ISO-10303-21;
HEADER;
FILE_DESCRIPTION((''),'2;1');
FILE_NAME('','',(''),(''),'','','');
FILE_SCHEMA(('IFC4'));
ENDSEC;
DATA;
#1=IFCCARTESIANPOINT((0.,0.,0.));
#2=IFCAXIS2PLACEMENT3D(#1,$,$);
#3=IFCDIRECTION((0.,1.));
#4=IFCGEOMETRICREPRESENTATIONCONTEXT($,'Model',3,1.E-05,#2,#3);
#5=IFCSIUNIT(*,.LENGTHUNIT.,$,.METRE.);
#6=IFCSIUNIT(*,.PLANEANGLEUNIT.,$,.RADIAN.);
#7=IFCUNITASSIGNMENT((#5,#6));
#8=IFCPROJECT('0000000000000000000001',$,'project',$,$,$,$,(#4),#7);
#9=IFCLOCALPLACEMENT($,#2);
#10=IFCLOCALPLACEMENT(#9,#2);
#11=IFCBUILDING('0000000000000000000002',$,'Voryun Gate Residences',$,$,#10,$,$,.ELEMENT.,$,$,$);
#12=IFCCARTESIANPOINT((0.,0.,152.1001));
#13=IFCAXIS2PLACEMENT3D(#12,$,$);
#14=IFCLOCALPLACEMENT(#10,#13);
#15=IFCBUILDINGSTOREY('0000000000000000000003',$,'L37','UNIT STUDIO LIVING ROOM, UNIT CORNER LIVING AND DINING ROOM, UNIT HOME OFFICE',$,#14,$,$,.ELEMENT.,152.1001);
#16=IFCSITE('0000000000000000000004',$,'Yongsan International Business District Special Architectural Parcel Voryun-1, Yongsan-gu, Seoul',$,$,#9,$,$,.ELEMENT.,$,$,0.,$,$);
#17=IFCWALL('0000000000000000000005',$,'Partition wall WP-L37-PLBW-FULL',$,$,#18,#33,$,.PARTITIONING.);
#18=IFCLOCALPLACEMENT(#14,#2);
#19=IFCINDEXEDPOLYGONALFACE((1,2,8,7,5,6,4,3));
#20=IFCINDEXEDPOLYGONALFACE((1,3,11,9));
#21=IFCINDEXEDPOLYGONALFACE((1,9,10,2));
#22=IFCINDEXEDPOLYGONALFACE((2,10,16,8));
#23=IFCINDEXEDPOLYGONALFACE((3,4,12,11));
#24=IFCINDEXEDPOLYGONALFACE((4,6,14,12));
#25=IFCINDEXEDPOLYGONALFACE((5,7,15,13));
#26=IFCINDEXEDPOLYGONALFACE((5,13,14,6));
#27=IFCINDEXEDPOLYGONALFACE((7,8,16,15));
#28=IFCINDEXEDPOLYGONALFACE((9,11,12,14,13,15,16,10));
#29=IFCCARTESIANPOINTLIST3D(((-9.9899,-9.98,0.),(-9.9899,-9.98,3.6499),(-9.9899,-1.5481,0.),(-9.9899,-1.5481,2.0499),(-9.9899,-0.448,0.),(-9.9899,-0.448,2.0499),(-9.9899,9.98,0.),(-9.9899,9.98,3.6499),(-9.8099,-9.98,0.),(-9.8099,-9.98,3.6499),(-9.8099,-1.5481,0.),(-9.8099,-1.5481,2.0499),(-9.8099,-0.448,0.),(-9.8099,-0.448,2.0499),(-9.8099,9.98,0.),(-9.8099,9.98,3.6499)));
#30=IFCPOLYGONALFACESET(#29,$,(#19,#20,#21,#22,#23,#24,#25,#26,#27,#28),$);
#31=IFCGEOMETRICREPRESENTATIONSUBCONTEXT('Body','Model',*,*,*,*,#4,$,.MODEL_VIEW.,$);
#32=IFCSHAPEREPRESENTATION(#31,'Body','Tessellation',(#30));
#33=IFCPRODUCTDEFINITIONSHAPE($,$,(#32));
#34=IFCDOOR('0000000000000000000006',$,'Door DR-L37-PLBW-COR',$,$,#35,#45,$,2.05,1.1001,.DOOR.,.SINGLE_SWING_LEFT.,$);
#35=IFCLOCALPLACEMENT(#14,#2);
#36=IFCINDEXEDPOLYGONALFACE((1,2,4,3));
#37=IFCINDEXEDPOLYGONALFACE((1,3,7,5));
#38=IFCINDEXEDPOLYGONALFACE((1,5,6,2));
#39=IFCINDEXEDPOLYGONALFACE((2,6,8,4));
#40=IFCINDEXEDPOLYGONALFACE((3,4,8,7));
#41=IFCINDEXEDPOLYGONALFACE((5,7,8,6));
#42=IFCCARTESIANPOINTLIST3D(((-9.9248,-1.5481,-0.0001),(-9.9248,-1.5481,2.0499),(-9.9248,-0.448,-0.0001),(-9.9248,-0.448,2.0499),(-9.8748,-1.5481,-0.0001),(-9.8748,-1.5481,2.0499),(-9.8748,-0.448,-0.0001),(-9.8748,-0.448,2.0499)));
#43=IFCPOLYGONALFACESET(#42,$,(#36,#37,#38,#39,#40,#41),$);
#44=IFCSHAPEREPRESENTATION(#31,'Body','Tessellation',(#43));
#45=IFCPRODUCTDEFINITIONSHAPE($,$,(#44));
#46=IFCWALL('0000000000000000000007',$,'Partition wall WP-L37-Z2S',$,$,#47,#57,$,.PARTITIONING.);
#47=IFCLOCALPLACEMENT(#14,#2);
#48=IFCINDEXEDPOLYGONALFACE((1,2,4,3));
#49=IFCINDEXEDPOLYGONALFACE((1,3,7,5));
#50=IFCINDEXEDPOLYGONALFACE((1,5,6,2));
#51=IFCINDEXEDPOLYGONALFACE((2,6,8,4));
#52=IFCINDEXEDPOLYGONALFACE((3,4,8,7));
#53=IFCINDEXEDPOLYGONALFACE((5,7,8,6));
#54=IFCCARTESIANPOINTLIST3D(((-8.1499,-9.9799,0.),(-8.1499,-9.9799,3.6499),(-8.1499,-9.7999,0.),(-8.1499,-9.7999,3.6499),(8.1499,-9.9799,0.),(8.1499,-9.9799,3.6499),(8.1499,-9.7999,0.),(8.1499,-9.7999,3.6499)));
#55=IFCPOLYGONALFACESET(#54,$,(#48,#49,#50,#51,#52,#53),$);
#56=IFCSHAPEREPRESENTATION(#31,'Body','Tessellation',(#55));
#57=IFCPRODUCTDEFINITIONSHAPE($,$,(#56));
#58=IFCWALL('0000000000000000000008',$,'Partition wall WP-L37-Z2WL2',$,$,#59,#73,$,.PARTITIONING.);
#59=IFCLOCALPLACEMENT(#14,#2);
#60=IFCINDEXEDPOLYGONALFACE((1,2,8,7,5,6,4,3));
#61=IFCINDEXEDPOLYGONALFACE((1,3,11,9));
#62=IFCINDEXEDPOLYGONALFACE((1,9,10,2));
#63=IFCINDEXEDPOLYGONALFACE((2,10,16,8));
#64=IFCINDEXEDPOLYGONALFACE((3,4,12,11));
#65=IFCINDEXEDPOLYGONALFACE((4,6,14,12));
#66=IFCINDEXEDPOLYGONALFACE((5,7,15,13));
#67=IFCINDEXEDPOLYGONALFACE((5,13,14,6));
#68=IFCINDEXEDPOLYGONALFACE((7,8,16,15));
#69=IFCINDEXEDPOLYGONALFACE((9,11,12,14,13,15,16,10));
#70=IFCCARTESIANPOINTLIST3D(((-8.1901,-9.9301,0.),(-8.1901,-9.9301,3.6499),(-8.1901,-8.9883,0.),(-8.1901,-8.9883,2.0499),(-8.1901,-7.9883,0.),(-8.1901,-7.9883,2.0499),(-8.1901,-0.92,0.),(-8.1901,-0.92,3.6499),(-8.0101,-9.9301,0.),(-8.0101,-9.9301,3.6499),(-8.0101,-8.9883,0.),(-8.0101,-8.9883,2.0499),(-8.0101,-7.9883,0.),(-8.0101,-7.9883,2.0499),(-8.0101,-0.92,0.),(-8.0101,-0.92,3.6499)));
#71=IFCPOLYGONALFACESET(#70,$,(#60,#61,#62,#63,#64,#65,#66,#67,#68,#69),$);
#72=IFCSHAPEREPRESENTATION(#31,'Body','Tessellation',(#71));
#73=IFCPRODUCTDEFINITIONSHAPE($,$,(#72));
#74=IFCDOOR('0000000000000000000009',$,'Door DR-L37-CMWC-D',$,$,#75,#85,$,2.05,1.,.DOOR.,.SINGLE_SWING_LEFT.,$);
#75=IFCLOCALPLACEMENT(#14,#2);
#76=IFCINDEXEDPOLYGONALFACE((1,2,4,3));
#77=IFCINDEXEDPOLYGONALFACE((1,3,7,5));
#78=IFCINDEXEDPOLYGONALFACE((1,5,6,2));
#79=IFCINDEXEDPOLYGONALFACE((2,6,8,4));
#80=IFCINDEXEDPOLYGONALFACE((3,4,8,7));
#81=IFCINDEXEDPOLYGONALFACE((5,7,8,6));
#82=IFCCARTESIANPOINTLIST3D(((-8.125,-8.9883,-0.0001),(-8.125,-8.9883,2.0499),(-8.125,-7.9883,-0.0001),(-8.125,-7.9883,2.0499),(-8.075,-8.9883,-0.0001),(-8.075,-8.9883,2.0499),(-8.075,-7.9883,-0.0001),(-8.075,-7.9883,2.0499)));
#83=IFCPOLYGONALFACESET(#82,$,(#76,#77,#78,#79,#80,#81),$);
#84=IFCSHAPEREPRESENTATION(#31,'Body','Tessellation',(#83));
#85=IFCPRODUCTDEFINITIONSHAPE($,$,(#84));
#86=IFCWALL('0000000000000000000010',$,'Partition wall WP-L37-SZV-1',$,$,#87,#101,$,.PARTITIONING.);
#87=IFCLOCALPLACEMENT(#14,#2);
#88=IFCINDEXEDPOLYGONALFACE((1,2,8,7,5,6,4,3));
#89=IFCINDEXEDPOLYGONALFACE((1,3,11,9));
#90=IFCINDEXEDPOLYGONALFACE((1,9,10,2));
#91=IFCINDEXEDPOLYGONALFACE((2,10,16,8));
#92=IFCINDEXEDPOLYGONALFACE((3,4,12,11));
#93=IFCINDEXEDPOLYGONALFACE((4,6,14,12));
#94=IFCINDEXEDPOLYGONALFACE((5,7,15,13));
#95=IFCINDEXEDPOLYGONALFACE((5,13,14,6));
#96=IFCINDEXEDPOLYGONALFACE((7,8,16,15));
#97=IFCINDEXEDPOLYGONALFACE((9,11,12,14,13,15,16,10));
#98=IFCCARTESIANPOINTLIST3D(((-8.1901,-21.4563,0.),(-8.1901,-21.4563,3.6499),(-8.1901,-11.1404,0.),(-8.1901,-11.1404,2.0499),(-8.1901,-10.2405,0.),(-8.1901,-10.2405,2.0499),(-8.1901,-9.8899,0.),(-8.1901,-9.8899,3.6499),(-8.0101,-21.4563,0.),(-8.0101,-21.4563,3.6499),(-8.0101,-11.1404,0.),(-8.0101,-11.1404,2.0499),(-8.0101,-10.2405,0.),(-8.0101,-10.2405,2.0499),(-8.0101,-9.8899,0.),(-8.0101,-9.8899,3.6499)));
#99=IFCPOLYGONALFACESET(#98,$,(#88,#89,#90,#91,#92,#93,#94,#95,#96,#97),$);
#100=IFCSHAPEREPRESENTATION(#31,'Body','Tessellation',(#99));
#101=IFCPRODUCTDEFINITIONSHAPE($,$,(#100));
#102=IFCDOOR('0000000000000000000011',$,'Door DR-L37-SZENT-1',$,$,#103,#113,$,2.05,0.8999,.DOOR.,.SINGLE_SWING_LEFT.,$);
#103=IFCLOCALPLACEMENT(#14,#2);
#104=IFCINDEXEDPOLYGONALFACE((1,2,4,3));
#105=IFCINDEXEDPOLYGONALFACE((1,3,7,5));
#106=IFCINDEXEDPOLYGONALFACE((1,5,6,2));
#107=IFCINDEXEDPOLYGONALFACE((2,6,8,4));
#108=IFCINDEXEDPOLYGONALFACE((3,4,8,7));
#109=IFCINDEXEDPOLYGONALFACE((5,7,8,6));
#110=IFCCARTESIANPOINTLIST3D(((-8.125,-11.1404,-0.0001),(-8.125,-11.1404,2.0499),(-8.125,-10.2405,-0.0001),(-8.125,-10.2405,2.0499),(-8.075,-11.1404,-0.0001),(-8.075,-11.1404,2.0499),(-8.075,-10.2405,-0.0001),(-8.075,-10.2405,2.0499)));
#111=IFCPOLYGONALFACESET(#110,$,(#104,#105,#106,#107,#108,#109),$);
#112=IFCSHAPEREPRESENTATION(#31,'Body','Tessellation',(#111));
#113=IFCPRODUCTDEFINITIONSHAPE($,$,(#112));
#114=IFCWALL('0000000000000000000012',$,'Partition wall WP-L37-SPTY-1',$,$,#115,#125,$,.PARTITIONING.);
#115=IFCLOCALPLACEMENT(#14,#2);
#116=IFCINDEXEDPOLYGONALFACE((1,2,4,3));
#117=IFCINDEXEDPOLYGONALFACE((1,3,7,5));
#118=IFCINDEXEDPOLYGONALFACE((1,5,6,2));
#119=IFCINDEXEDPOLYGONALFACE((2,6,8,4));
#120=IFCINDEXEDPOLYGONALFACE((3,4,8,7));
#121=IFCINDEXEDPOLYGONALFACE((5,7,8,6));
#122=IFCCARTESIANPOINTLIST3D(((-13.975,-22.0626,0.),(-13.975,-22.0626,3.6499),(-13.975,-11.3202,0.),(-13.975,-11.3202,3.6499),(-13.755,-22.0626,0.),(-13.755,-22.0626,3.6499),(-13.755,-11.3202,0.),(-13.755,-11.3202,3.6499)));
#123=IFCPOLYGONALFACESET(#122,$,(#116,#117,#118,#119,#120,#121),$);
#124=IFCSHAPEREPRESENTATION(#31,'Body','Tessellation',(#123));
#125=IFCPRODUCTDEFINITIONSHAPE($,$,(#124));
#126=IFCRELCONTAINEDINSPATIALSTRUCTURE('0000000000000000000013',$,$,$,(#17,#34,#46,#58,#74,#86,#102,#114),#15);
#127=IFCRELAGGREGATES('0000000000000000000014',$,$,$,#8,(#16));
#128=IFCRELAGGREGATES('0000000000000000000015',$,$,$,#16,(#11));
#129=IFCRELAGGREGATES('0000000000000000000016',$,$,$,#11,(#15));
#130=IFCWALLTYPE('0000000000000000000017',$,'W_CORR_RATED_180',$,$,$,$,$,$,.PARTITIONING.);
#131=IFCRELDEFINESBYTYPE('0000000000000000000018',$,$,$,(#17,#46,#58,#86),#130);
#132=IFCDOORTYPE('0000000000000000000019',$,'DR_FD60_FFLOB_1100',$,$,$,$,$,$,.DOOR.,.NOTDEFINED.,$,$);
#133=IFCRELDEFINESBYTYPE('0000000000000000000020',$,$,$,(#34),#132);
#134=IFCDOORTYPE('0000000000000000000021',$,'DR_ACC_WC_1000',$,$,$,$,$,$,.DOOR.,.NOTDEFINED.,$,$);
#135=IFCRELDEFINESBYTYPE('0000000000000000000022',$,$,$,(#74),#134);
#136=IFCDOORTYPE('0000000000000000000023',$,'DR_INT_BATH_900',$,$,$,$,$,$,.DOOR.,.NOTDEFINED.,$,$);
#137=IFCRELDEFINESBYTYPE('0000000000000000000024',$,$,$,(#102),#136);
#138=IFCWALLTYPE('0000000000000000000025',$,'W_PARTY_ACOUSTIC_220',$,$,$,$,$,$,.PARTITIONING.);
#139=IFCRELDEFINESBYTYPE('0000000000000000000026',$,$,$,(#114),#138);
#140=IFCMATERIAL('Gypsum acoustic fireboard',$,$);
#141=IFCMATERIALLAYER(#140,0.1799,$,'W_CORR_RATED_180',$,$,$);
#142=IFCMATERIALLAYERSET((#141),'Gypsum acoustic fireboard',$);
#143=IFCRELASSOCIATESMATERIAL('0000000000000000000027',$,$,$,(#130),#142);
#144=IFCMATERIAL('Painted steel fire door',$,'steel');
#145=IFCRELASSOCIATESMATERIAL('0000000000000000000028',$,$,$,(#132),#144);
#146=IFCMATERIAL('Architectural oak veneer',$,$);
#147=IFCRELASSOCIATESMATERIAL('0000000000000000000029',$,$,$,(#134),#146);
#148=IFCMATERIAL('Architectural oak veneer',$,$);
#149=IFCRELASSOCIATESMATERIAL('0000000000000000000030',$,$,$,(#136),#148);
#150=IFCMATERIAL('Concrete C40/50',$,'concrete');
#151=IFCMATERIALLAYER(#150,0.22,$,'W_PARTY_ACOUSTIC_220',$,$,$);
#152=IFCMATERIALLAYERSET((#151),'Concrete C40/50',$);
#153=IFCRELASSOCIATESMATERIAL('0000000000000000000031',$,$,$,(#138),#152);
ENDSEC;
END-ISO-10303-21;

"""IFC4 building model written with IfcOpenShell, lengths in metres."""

from ifc_helpers import new_model, si_unit, direction, frame, frame_2d, origin, place, context, subcontext, project, spatial, rectangle, extrude, material, layer, layer_set, type_object, element, fill, save


model = new_model("IFC4")

# Units and contexts
model_context = context("Model", 3, precision=1e-05, world=origin(), true_north=direction((0.0, 1.0)))
body_context = subcontext(model_context, "Body", "Model", "MODEL_VIEW")
ifc_project = project(units=[si_unit("LENGTHUNIT", "METRE"), si_unit("PLANEANGLEUNIT", "RADIAN")], contexts=[model_context])

# Site, building, storey
site_placement = place(None, origin())
site = spatial("IfcSite", under=ifc_project, at=site_placement, Name="Yongsan International Business District Special Architectural Parcel Voryun-1, Yongsan-gu, Seoul", CompositionType="ELEMENT", RefElevation=0.0)
building_placement = place(site_placement, origin())
building = spatial("IfcBuilding", under=site, at=building_placement, Name="Voryun Gate Residences", CompositionType="ELEMENT")
storey_placement = place(building_placement, frame((0.0, 0.0, 152.1001)))
storey = spatial("IfcBuildingStorey", under=building, at=storey_placement, Name="L37", Description="UNIT STUDIO LIVING ROOM, UNIT CORNER LIVING AND DINING ROOM, UNIT HOME OFFICE", CompositionType="ELEMENT", Elevation=152.1001)

# Wall, opening, door
ifc_material_1 = material(Name="Gypsum acoustic fireboard")
ifc_layer_1 = layer(ifc_material_1, 0.1799, Name="W_CORR_RATED_180")
ifc_layer_set_1 = layer_set([ifc_layer_1], Name="Gypsum acoustic fireboard")
wall_type_1 = type_object("IfcWallType", Name="W_CORR_RATED_180", PredefinedType="PARTITIONING", material=ifc_layer_set_1)
wall_1_placement = place(storey_placement, frame((-9.8999, -9.98, 0.0), z_axis=(0.0, 0.0, 1.0), x_axis=(0.0, 1.0, 0.0)))
wall_1 = element("IfcWall", 1, at=wall_1_placement, inside=storey, type_object=wall_type_1, Name="Partition wall WP-L37-PLBW-FULL", PredefinedType="PARTITIONING", context=body_context, shape_type="SweptSolid", body=[
    extrude(rectangle(XDim=19.96, YDim=0.1799, at=frame_2d((9.98, 0.0))), origin(), (0.0, 0.0, 1.0), 3.6499),
])
opening_1_placement = place(wall_1_placement, frame((8.4319, 0.0, 0.0)))
opening_1 = element("IfcOpeningElement", 2, at=opening_1_placement, cuts=wall_1, PredefinedType="OPENING", context=body_context, shape_type="SweptSolid", body=[
    extrude(rectangle(XDim=1.1001, YDim=2.05, at=frame_2d((0.55, 1.0249))), frame((0.0, 0.0999, 0.0), z_axis=(0.0, -1.0, 0.0), x_axis=(1.0, 0.0, 0.0)), (0.0, 0.0, 1.0), 0.2),
])
ifc_material_2 = material(Name="Painted steel fire door", Category="steel")
door_type_1 = type_object("IfcDoorType", Name="DR_FD60_FFLOB_1100", OperationType="NOTDEFINED", PredefinedType="DOOR", material=ifc_material_2)
door_1_placement = place(opening_1_placement, origin())
door_1 = element("IfcDoor", 3, at=door_1_placement, inside=storey, type_object=door_type_1, Name="Door DR-L37-PLBW-COR", OperationType="SINGLE_SWING_LEFT", OverallHeight=2.05, OverallWidth=1.1001, PredefinedType="DOOR", context=body_context, shape_type="SweptSolid", body=[
    extrude(rectangle(XDim=1.1001, YDim=2.05, at=frame_2d((0.55, 1.0249))), frame((0.0, 0.0249, 0.0), z_axis=(0.0, -1.0, 0.0), x_axis=(1.0, 0.0, 0.0)), (0.0, 0.0, 1.0), 0.05),
])
fill(opening_1, door_1)

# Wall
wall_2_placement = place(storey_placement, frame((-8.1499, -9.8899, 0.0), z_axis=(0.0, 0.0, 1.0), x_axis=(1.0, 0.0, 0.0)))
element("IfcWall", 4, at=wall_2_placement, inside=storey, type_object=wall_type_1, Name="Partition wall WP-L37-Z2S", PredefinedType="PARTITIONING", context=body_context, shape_type="SweptSolid", body=[
    extrude(rectangle(XDim=16.2998, YDim=0.1799, at=frame_2d((8.1499, 0.0))), origin(), (0.0, 0.0, 1.0), 3.6499),
])

# Walls, openings, doors
wall_3_placement = place(storey_placement, frame((-8.1001, -9.9299, 0.0), z_axis=(0.0, 0.0, 1.0), x_axis=(0.0, 1.0, 0.0)))
wall_3 = element("IfcWall", 5, at=wall_3_placement, inside=storey, type_object=wall_type_1, Name="Partition wall WP-L37-Z2WL2", PredefinedType="PARTITIONING", context=body_context, shape_type="SweptSolid", body=[
    extrude(rectangle(XDim=9.01, YDim=0.1799, at=frame_2d((4.5049, 0.0))), origin(), (0.0, 0.0, 1.0), 3.6499),
])
opening_2_placement = place(wall_3_placement, frame((0.9417, 0.0, 0.0)))
opening_2 = element("IfcOpeningElement", 6, at=opening_2_placement, cuts=wall_3, PredefinedType="OPENING", context=body_context, shape_type="SweptSolid", body=[
    extrude(rectangle(XDim=1.0, YDim=2.05, at=frame_2d((0.5, 1.0249))), frame((0.0, 0.0999, 0.0), z_axis=(0.0, -1.0, 0.0), x_axis=(1.0, 0.0, 0.0)), (0.0, 0.0, 1.0), 0.2),
])
ifc_material_3 = material(Name="Architectural oak veneer")
door_type_2 = type_object("IfcDoorType", Name="DR_ACC_WC_1000", OperationType="NOTDEFINED", PredefinedType="DOOR", material=ifc_material_3)
door_2_placement = place(opening_2_placement, origin())
door_2 = element("IfcDoor", 7, at=door_2_placement, inside=storey, type_object=door_type_2, Name="Door DR-L37-CMWC-D", OperationType="SINGLE_SWING_LEFT", OverallHeight=2.05, OverallWidth=1.0, PredefinedType="DOOR", context=body_context, shape_type="SweptSolid", body=[
    extrude(rectangle(XDim=1.0, YDim=2.05, at=frame_2d((0.5, 1.0249))), frame((0.0, 0.0249, 0.0), z_axis=(0.0, -1.0, 0.0), x_axis=(1.0, 0.0, 0.0)), (0.0, 0.0, 1.0), 0.05),
])
fill(opening_2, door_2)
wall_4_placement = place(storey_placement, frame((-8.1001, -21.4563, 0.0), z_axis=(0.0, 0.0, 1.0), x_axis=(0.0, 1.0, 0.0)))
wall_4 = element("IfcWall", 8, at=wall_4_placement, inside=storey, type_object=wall_type_1, Name="Partition wall WP-L37-SZV-1", PredefinedType="PARTITIONING", context=body_context, shape_type="SweptSolid", body=[
    extrude(rectangle(XDim=11.5664, YDim=0.1799, at=frame_2d((5.7832, 0.0))), origin(), (0.0, 0.0, 1.0), 3.6499),
])
opening_3_placement = place(wall_4_placement, frame((10.3159, 0.0, 0.0)))
opening_3 = element("IfcOpeningElement", 9, at=opening_3_placement, cuts=wall_4, PredefinedType="OPENING", context=body_context, shape_type="SweptSolid", body=[
    extrude(rectangle(XDim=0.8999, YDim=2.05, at=frame_2d((0.45, 1.0249))), frame((0.0, 0.0999, 0.0), z_axis=(0.0, -1.0, 0.0), x_axis=(1.0, 0.0, 0.0)), (0.0, 0.0, 1.0), 0.2),
])
ifc_material_4 = material(Name="Architectural oak veneer")
door_type_3 = type_object("IfcDoorType", Name="DR_INT_BATH_900", OperationType="NOTDEFINED", PredefinedType="DOOR", material=ifc_material_4)
door_3_placement = place(opening_3_placement, origin())
door_3 = element("IfcDoor", 10, at=door_3_placement, inside=storey, type_object=door_type_3, Name="Door DR-L37-SZENT-1", OperationType="SINGLE_SWING_LEFT", OverallHeight=2.05, OverallWidth=0.8999, PredefinedType="DOOR", context=body_context, shape_type="SweptSolid", body=[
    extrude(rectangle(XDim=0.8999, YDim=2.05, at=frame_2d((0.45, 1.0249))), frame((0.0, 0.0249, 0.0), z_axis=(0.0, -1.0, 0.0), x_axis=(1.0, 0.0, 0.0)), (0.0, 0.0, 1.0), 0.05),
])
fill(opening_3, door_3)

# Wall
ifc_material_5 = material(Name="Concrete C40/50", Category="concrete")
ifc_layer_2 = layer(ifc_material_5, 0.22, Name="W_PARTY_ACOUSTIC_220")
ifc_layer_set_2 = layer_set([ifc_layer_2], Name="Concrete C40/50")
wall_type_2 = type_object("IfcWallType", Name="W_PARTY_ACOUSTIC_220", PredefinedType="PARTITIONING", material=ifc_layer_set_2)
wall_5_placement = place(storey_placement, frame((-13.865, -22.0625, 0.0), z_axis=(0.0, 0.0, 1.0), x_axis=(0.0, 1.0, 0.0)))
element("IfcWall", 11, at=wall_5_placement, inside=storey, type_object=wall_type_2, Name="Partition wall WP-L37-SPTY-1", PredefinedType="PARTITIONING", context=body_context, shape_type="SweptSolid", body=[
    extrude(rectangle(XDim=10.7424, YDim=0.22, at=frame_2d((5.3711, 0.0))), origin(), (0.0, 0.0, 1.0), 3.6499),
])

save(model, "model.ifc")
